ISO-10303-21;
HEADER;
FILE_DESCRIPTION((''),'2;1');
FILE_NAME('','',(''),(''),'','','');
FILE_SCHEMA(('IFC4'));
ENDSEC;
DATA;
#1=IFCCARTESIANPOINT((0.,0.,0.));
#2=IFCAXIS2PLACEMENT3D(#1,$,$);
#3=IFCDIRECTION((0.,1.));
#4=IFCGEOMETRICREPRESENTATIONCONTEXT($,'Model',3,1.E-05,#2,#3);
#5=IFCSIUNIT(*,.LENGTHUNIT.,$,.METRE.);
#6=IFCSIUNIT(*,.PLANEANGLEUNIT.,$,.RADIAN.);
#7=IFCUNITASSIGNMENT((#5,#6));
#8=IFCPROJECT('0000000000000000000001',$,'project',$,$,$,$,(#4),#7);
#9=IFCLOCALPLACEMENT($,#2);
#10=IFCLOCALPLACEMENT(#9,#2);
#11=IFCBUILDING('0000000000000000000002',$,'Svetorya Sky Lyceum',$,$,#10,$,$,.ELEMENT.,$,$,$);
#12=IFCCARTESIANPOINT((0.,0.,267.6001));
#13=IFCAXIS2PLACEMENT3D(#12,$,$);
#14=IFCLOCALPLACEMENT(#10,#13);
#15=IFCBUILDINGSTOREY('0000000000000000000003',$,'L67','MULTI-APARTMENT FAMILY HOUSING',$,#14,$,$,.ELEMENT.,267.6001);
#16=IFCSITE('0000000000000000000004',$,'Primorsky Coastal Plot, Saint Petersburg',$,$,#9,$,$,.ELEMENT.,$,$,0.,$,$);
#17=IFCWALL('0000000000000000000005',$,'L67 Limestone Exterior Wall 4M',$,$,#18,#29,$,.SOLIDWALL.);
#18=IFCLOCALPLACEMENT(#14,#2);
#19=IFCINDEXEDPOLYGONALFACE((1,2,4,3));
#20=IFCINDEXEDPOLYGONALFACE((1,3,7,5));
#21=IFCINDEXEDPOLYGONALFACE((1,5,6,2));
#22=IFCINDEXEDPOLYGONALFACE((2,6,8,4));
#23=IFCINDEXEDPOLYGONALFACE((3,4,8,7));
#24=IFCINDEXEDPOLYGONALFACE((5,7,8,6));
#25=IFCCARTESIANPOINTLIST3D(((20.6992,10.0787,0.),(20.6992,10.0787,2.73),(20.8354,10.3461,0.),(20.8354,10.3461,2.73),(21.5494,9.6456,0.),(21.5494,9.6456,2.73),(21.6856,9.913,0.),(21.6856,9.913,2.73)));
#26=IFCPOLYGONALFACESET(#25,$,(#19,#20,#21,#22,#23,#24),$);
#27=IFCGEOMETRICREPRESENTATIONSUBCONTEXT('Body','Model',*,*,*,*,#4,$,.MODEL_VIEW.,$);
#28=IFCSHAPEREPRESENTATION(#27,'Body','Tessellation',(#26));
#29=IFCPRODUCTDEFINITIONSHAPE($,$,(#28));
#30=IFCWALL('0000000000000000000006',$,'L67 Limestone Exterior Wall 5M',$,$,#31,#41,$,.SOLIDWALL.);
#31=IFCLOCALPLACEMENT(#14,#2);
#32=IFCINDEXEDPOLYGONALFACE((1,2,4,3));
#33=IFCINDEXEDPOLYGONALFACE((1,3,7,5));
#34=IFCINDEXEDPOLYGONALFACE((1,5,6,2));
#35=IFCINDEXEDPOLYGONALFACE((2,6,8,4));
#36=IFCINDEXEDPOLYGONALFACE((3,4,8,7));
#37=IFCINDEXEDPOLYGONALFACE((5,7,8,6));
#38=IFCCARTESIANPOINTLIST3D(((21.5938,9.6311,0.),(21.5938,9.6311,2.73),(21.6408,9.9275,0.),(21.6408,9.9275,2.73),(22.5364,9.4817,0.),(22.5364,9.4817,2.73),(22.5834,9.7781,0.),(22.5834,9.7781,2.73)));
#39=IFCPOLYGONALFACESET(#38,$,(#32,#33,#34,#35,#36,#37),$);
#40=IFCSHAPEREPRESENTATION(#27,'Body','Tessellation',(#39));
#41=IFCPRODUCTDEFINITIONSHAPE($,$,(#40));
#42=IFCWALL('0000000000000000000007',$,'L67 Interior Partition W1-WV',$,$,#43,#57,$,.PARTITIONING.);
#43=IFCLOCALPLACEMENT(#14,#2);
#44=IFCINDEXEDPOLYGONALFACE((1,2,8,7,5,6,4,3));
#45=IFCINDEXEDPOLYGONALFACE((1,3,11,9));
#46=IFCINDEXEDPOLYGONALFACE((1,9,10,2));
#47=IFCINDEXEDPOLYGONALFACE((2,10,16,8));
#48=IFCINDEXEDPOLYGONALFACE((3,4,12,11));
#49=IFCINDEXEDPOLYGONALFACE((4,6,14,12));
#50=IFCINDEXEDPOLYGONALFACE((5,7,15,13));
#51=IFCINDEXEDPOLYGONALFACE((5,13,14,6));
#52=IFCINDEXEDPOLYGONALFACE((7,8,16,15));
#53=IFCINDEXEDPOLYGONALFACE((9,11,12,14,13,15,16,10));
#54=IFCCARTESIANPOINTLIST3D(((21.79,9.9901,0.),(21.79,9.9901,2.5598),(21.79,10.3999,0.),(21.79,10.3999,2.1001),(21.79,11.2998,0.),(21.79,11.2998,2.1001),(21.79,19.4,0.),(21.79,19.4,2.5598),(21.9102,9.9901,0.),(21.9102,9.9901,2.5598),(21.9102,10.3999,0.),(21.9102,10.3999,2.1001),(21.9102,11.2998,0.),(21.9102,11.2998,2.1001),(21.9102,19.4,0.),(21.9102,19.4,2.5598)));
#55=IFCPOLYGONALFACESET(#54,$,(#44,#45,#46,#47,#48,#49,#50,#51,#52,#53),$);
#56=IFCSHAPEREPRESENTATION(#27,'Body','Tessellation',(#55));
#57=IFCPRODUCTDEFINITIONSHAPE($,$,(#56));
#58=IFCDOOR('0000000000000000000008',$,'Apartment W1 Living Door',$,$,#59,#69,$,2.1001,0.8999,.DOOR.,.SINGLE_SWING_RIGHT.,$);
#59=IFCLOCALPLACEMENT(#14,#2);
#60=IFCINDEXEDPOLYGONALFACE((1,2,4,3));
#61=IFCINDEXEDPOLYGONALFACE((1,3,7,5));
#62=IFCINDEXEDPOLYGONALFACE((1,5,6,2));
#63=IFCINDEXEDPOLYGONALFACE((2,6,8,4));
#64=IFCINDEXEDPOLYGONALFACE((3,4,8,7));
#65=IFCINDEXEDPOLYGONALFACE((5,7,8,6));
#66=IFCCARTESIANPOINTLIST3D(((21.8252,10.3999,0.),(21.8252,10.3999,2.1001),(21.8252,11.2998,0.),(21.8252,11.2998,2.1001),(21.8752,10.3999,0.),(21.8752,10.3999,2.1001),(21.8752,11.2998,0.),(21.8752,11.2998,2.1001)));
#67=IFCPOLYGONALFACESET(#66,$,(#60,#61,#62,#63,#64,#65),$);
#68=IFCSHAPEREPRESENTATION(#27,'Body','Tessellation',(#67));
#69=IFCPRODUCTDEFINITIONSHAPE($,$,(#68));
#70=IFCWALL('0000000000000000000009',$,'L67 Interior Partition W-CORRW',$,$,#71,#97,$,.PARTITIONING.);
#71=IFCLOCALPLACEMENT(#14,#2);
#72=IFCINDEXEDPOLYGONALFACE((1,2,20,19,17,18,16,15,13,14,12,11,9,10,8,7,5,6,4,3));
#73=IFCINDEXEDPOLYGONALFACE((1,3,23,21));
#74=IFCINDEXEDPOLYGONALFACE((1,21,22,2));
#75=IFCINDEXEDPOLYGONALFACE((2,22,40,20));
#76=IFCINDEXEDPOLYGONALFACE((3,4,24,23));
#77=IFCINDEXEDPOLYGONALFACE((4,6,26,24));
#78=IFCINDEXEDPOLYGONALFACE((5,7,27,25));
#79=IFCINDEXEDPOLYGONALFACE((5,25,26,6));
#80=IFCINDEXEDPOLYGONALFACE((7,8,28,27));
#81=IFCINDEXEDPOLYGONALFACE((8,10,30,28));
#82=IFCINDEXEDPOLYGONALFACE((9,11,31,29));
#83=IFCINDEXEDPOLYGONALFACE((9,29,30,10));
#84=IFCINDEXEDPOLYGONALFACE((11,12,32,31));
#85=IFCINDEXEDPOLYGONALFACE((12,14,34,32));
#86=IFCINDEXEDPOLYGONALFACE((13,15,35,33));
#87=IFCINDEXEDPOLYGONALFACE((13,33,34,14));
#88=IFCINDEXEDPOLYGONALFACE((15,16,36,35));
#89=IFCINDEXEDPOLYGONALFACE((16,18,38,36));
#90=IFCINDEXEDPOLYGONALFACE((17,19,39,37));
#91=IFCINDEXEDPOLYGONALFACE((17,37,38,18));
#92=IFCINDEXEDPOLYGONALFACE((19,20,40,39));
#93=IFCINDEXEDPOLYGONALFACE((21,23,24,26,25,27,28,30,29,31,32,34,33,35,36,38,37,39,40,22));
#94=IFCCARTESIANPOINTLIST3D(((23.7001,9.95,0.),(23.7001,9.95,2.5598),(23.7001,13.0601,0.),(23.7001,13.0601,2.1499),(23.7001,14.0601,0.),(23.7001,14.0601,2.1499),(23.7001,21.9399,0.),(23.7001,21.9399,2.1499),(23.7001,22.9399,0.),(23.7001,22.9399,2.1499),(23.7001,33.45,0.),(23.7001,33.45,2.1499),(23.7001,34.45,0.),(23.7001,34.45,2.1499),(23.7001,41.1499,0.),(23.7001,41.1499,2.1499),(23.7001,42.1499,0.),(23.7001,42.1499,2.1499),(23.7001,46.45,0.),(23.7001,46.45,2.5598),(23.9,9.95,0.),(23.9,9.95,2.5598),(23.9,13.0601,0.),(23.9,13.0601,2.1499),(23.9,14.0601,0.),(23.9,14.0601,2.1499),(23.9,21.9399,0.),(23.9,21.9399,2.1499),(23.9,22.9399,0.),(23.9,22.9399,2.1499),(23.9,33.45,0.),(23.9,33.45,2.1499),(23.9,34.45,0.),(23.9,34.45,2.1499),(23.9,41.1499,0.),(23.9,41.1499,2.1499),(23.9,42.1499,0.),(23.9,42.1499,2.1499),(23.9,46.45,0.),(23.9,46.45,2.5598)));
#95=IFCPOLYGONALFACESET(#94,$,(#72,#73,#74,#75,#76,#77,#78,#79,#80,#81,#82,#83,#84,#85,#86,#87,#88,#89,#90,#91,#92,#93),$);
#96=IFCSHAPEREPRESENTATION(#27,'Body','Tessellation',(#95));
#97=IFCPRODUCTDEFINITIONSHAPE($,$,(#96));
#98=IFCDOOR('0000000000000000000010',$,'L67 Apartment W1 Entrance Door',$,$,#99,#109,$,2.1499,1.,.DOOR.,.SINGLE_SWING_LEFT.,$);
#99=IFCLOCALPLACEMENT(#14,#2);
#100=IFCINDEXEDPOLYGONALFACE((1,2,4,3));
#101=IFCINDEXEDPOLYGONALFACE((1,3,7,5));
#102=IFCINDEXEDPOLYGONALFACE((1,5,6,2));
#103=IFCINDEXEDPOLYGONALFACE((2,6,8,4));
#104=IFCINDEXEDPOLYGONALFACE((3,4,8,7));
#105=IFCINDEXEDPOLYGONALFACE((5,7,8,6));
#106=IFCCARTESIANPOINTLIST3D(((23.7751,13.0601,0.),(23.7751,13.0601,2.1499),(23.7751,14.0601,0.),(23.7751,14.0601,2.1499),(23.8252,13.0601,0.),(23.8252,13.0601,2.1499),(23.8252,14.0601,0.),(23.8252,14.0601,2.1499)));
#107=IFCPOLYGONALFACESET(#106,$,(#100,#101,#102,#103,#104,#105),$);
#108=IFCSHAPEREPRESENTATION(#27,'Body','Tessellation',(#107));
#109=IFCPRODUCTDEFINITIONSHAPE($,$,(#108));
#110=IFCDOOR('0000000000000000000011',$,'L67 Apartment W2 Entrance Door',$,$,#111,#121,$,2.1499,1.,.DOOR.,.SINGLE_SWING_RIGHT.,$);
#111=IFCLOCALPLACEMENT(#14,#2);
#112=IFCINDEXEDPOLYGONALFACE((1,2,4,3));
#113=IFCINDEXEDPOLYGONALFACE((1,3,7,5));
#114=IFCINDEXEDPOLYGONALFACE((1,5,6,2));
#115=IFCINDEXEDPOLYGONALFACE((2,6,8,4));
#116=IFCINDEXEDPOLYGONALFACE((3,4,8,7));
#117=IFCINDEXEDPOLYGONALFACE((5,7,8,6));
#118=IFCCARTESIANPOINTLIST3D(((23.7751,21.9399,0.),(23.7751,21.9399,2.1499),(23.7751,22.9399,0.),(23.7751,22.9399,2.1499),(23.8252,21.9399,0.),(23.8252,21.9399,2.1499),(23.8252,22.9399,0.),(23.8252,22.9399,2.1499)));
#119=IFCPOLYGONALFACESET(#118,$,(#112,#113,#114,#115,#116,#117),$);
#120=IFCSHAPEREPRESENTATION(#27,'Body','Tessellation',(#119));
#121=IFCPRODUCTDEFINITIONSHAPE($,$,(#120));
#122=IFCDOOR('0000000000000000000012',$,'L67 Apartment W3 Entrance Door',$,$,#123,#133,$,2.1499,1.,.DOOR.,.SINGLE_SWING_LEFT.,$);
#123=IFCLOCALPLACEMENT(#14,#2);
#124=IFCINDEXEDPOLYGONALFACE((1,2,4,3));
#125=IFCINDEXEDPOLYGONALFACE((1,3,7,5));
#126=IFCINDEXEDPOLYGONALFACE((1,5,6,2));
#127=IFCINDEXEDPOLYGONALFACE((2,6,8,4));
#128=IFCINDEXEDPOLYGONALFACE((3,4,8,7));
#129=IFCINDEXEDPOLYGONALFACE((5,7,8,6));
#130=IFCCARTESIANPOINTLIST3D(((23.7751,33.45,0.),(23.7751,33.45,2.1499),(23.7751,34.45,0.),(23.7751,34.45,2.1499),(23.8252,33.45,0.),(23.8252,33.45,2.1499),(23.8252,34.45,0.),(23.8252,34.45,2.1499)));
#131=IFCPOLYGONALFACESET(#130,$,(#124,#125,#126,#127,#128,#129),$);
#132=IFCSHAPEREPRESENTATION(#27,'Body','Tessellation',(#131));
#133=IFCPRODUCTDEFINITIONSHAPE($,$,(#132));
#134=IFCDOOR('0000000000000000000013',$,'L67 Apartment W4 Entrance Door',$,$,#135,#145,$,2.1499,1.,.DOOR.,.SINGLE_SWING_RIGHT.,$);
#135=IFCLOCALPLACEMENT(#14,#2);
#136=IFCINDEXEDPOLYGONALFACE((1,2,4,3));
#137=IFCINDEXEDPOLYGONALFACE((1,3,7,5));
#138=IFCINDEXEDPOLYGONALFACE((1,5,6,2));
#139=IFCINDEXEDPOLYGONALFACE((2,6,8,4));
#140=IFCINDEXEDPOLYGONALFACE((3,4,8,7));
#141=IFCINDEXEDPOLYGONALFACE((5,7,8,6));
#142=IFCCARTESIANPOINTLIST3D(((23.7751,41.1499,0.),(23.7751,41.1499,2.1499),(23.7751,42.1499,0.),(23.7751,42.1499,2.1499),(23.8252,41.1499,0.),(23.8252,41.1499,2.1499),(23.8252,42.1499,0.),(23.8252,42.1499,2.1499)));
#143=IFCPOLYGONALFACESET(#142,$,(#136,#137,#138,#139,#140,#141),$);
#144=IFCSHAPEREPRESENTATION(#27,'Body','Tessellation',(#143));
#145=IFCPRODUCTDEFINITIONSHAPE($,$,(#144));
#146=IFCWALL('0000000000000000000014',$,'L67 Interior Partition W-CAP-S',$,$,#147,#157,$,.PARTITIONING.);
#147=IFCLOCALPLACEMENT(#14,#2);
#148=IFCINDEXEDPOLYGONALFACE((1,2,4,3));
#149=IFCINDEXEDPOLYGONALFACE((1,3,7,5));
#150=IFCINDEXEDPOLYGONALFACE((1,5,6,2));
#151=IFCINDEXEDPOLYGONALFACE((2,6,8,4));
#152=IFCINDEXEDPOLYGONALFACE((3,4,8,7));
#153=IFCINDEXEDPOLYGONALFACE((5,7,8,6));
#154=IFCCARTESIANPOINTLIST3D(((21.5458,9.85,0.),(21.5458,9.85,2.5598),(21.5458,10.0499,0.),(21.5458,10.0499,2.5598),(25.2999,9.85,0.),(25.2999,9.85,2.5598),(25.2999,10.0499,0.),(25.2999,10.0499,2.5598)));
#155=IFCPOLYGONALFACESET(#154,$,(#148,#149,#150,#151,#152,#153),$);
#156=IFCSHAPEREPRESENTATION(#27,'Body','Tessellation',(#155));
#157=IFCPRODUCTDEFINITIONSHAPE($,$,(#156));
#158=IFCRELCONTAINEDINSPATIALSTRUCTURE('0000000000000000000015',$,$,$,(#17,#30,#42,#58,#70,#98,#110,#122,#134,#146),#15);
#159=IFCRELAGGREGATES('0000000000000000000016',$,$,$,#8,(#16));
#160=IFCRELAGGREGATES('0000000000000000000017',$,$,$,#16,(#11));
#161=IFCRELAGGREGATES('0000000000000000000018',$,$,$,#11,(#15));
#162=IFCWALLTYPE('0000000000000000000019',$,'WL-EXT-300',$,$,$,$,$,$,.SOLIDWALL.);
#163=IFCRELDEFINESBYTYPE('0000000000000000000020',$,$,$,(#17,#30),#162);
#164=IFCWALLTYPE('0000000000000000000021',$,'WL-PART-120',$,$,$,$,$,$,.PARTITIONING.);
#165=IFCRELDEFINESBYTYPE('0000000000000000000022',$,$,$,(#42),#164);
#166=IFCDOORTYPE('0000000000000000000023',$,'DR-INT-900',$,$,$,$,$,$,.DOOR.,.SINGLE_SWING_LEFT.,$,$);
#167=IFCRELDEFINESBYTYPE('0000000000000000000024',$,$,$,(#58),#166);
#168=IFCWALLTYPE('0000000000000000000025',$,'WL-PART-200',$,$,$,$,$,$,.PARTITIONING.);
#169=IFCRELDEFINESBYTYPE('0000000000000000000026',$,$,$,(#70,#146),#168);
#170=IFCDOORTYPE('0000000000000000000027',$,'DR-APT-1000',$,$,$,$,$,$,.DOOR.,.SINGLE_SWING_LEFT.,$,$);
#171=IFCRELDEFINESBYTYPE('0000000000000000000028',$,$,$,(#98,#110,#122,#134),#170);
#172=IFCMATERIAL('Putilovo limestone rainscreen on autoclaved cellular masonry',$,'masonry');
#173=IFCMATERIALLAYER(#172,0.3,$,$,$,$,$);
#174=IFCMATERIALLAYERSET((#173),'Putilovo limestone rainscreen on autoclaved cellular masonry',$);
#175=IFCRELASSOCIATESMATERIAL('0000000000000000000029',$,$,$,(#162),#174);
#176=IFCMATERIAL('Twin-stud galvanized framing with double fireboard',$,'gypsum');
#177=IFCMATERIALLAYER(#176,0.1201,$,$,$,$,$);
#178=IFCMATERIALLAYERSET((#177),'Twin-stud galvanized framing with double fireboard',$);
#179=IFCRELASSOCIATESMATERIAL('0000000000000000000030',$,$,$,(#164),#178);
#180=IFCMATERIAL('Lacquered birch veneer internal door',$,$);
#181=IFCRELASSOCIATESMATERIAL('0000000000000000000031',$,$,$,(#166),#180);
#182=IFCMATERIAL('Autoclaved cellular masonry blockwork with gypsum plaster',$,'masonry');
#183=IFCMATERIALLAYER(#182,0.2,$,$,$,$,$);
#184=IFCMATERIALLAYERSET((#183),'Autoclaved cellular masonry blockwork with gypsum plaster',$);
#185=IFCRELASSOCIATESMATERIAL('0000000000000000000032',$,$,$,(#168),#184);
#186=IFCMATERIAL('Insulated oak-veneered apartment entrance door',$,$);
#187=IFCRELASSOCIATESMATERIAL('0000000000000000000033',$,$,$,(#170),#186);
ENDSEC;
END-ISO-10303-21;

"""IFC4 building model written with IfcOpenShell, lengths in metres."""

from ifc_helpers import new_model, si_unit, direction, frame, frame_2d, origin, place, context, subcontext, project, spatial, rectangle, extrude, material, layer, layer_set, type_object, element, fill, save


model = new_model("IFC4")

# Units and contexts
model_context = context("Model", 3, precision=1e-05, world=origin(), true_north=direction((0.0, 1.0)))
body_context = subcontext(model_context, "Body", "Model", "MODEL_VIEW")
ifc_project = project(units=[si_unit("LENGTHUNIT", "METRE"), si_unit("PLANEANGLEUNIT", "RADIAN")], contexts=[model_context])

# Site, building, storey
site_placement = place(None, origin())
site = spatial("IfcSite", under=ifc_project, at=site_placement, Name="Primorsky Coastal Plot, Saint Petersburg", CompositionType="ELEMENT", RefElevation=0.0)
building_placement = place(site_placement, origin())
building = spatial("IfcBuilding", under=site, at=building_placement, Name="Svetorya Sky Lyceum", CompositionType="ELEMENT")
storey_placement = place(building_placement, frame((0.0, 0.0, 267.6001)))
storey = spatial("IfcBuildingStorey", under=building, at=storey_placement, Name="L67", Description="MULTI-APARTMENT FAMILY HOUSING", CompositionType="ELEMENT", Elevation=267.6001)

# Walls
ifc_material_1 = material(Name="Putilovo limestone rainscreen on autoclaved cellular masonry", Category="masonry")
ifc_layer_1 = layer(ifc_material_1, 0.3)
ifc_layer_set_1 = layer_set([ifc_layer_1], Name="Putilovo limestone rainscreen on autoclaved cellular masonry")
wall_type_1 = type_object("IfcWallType", Name="WL-EXT-300", PredefinedType="SOLIDWALL", material=ifc_layer_set_1)
wall_1_placement = place(storey_placement, frame((20.7673, 10.2124, 0.0), z_axis=(0.0, 0.0, 1.0), x_axis=(0.891024, -0.453956, 0.0)))
element("IfcWall", 1, at=wall_1_placement, inside=storey, type_object=wall_type_1, Name="L67 Limestone Exterior Wall 4M", PredefinedType="SOLIDWALL", context=body_context, shape_type="SweptSolid", body=[
    extrude(rectangle(XDim=0.9541, YDim=0.3, at=frame_2d((0.4771, 0.0))), origin(), (0.0, 0.0, 1.0), 2.73),
])
wall_2_placement = place(storey_placement, frame((21.6174, 9.7793, 0.0), z_axis=(0.0, 0.0, 1.0), x_axis=(0.987669, -0.156554, 0.0)))
element("IfcWall", 2, at=wall_2_placement, inside=storey, type_object=wall_type_1, Name="L67 Limestone Exterior Wall 5M", PredefinedType="SOLIDWALL", context=body_context, shape_type="SweptSolid", body=[
    extrude(rectangle(XDim=0.9543, YDim=0.3, at=frame_2d((0.4771, 0.0))), origin(), (0.0, 0.0, 1.0), 2.73),
])

# Wall, opening, door
ifc_material_2 = material(Name="Twin-stud galvanized framing with double fireboard", Category="gypsum")
ifc_layer_2 = layer(ifc_material_2, 0.1201)
ifc_layer_set_2 = layer_set([ifc_layer_2], Name="Twin-stud galvanized framing with double fireboard")
wall_type_2 = type_object("IfcWallType", Name="WL-PART-120", PredefinedType="PARTITIONING", material=ifc_layer_set_2)
wall_3_placement = place(storey_placement, frame((21.8501, 9.99, 0.0), z_axis=(0.0, 0.0, 1.0), x_axis=(0.0, 1.0, 0.0)))
wall_3 = element("IfcWall", 3, at=wall_3_placement, inside=storey, type_object=wall_type_2, Name="L67 Interior Partition W1-WV", PredefinedType="PARTITIONING", context=body_context, shape_type="SweptSolid", body=[
    extrude(rectangle(XDim=9.4099, YDim=0.1201, at=frame_2d((4.7051, 0.0))), origin(), (0.0, 0.0, 1.0), 2.5598),
])
opening_1_placement = place(wall_3_placement, frame((0.4099, 0.0, 0.0)))
opening_1 = element("IfcOpeningElement", 4, at=opening_1_placement, cuts=wall_3, PredefinedType="OPENING", context=body_context, shape_type="SweptSolid", body=[
    extrude(rectangle(XDim=0.8999, YDim=2.1001, at=frame_2d((0.45, 1.05))), frame((0.0, 0.0701, 0.0), z_axis=(0.0, -1.0, 0.0), x_axis=(1.0, 0.0, 0.0)), (0.0, 0.0, 1.0), 0.1401),
])
ifc_material_3 = material(Name="Lacquered birch veneer internal door")
door_type_1 = type_object("IfcDoorType", Name="DR-INT-900", OperationType="SINGLE_SWING_LEFT", PredefinedType="DOOR", material=ifc_material_3)
door_1_placement = place(opening_1_placement, origin())
door_1 = element("IfcDoor", 5, at=door_1_placement, inside=storey, type_object=door_type_1, Name="Apartment W1 Living Door", OperationType="SINGLE_SWING_RIGHT", OverallHeight=2.1001, OverallWidth=0.8999, PredefinedType="DOOR", context=body_context, shape_type="SweptSolid", body=[
    extrude(rectangle(XDim=0.8999, YDim=2.1001, at=frame_2d((0.45, 1.05))), frame((0.0, 0.0249, 0.0), z_axis=(0.0, -1.0, 0.0), x_axis=(1.0, 0.0, 0.0)), (0.0, 0.0, 1.0), 0.05),
])
fill(opening_1, door_1)

# Wall, openings, doors
ifc_material_4 = material(Name="Autoclaved cellular masonry blockwork with gypsum plaster", Category="masonry")
ifc_layer_3 = layer(ifc_material_4, 0.2)
ifc_layer_set_3 = layer_set([ifc_layer_3], Name="Autoclaved cellular masonry blockwork with gypsum plaster")
wall_type_3 = type_object("IfcWallType", Name="WL-PART-200", PredefinedType="PARTITIONING", material=ifc_layer_set_3)
wall_4_placement = place(storey_placement, frame((23.8, 9.95, 0.0), z_axis=(0.0, 0.0, 1.0), x_axis=(0.0, 1.0, 0.0)))
wall_4 = element("IfcWall", 6, at=wall_4_placement, inside=storey, type_object=wall_type_3, Name="L67 Interior Partition W-CORRW", PredefinedType="PARTITIONING", context=body_context, shape_type="SweptSolid", body=[
    extrude(rectangle(XDim=36.5, YDim=0.2, at=frame_2d((18.25, 0.0))), origin(), (0.0, 0.0, 1.0), 2.5598),
])
opening_2_placement = place(wall_4_placement, frame((3.1101, 0.0, 0.0)))
opening_2 = element("IfcOpeningElement", 7, at=opening_2_placement, cuts=wall_4, PredefinedType="OPENING", context=body_context, shape_type="SweptSolid", body=[
    extrude(rectangle(XDim=1.0, YDim=2.1499, at=frame_2d((0.5, 1.075))), frame((0.0, 0.1099, 0.0), z_axis=(0.0, -1.0, 0.0), x_axis=(1.0, 0.0, 0.0)), (0.0, 0.0, 1.0), 0.22),
])
opening_3_placement = place(wall_4_placement, frame((11.99, 0.0, 0.0)))
opening_3 = element("IfcOpeningElement", 8, at=opening_3_placement, cuts=wall_4, PredefinedType="OPENING", context=body_context, shape_type="SweptSolid", body=[
    extrude(rectangle(XDim=1.0, YDim=2.1499, at=frame_2d((0.5, 1.075))), frame((0.0, 0.1099, 0.0), z_axis=(0.0, -1.0, 0.0), x_axis=(1.0, 0.0, 0.0)), (0.0, 0.0, 1.0), 0.22),
])
opening_4_placement = place(wall_4_placement, frame((23.5, 0.0, 0.0)))
opening_4 = element("IfcOpeningElement", 9, at=opening_4_placement, cuts=wall_4, PredefinedType="OPENING", context=body_context, shape_type="SweptSolid", body=[
    extrude(rectangle(XDim=1.0, YDim=2.1499, at=frame_2d((0.5, 1.075))), frame((0.0, 0.1099, 0.0), z_axis=(0.0, -1.0, 0.0), x_axis=(1.0, 0.0, 0.0)), (0.0, 0.0, 1.0), 0.22),
])
opening_5_placement = place(wall_4_placement, frame((31.2, 0.0, 0.0)))
opening_5 = element("IfcOpeningElement", 10, at=opening_5_placement, cuts=wall_4, PredefinedType="OPENING", context=body_context, shape_type="SweptSolid", body=[
    extrude(rectangle(XDim=1.0, YDim=2.1499, at=frame_2d((0.5, 1.075))), frame((0.0, 0.1099, 0.0), z_axis=(0.0, -1.0, 0.0), x_axis=(1.0, 0.0, 0.0)), (0.0, 0.0, 1.0), 0.22),
])
ifc_material_5 = material(Name="Insulated oak-veneered apartment entrance door")
door_type_2 = type_object("IfcDoorType", Name="DR-APT-1000", OperationType="SINGLE_SWING_LEFT", PredefinedType="DOOR", material=ifc_material_5)
door_2_placement = place(opening_2_placement, origin())
door_2 = element("IfcDoor", 11, at=door_2_placement, inside=storey, type_object=door_type_2, Name="L67 Apartment W1 Entrance Door", OperationType="SINGLE_SWING_LEFT", OverallHeight=2.1499, OverallWidth=1.0, PredefinedType="DOOR", context=body_context, shape_type="SweptSolid", body=[
    extrude(rectangle(XDim=1.0, YDim=2.1499, at=frame_2d((0.5, 1.075))), frame((0.0, 0.0249, 0.0), z_axis=(0.0, -1.0, 0.0), x_axis=(1.0, 0.0, 0.0)), (0.0, 0.0, 1.0), 0.05),
])
fill(opening_2, door_2)
door_3_placement = place(opening_3_placement, origin())
door_3 = element("IfcDoor", 12, at=door_3_placement, inside=storey, type_object=door_type_2, Name="L67 Apartment W2 Entrance Door", OperationType="SINGLE_SWING_RIGHT", OverallHeight=2.1499, OverallWidth=1.0, PredefinedType="DOOR", context=body_context, shape_type="SweptSolid", body=[
    extrude(rectangle(XDim=1.0, YDim=2.1499, at=frame_2d((0.5, 1.075))), frame((0.0, 0.0249, 0.0), z_axis=(0.0, -1.0, 0.0), x_axis=(1.0, 0.0, 0.0)), (0.0, 0.0, 1.0), 0.05),
])
fill(opening_3, door_3)
door_4_placement = place(opening_4_placement, origin())
door_4 = element("IfcDoor", 13, at=door_4_placement, inside=storey, type_object=door_type_2, Name="L67 Apartment W3 Entrance Door", OperationType="SINGLE_SWING_LEFT", OverallHeight=2.1499, OverallWidth=1.0, PredefinedType="DOOR", context=body_context, shape_type="SweptSolid", body=[
    extrude(rectangle(XDim=1.0, YDim=2.1499, at=frame_2d((0.5, 1.075))), frame((0.0, 0.0249, 0.0), z_axis=(0.0, -1.0, 0.0), x_axis=(1.0, 0.0, 0.0)), (0.0, 0.0, 1.0), 0.05),
])
fill(opening_4, door_4)
door_5_placement = place(opening_5_placement, origin())
door_5 = element("IfcDoor", 14, at=door_5_placement, inside=storey, type_object=door_type_2, Name="L67 Apartment W4 Entrance Door", OperationType="SINGLE_SWING_RIGHT", OverallHeight=2.1499, OverallWidth=1.0, PredefinedType="DOOR", context=body_context, shape_type="SweptSolid", body=[
    extrude(rectangle(XDim=1.0, YDim=2.1499, at=frame_2d((0.5, 1.075))), frame((0.0, 0.0249, 0.0), z_axis=(0.0, -1.0, 0.0), x_axis=(1.0, 0.0, 0.0)), (0.0, 0.0, 1.0), 0.05),
])
fill(opening_5, door_5)

# Wall
wall_5_placement = place(storey_placement, frame((21.5459, 9.95, 0.0), z_axis=(0.0, 0.0, 1.0), x_axis=(1.0, 0.0, 0.0)))
element("IfcWall", 15, at=wall_5_placement, inside=storey, type_object=wall_type_3, Name="L67 Interior Partition W-CAP-S", PredefinedType="PARTITIONING", context=body_context, shape_type="SweptSolid", body=[
    extrude(rectangle(XDim=3.7542, YDim=0.2, at=frame_2d((1.877, 0.0))), origin(), (0.0, 0.0, 1.0), 2.5598),
])

save(model, "model.ifc")
